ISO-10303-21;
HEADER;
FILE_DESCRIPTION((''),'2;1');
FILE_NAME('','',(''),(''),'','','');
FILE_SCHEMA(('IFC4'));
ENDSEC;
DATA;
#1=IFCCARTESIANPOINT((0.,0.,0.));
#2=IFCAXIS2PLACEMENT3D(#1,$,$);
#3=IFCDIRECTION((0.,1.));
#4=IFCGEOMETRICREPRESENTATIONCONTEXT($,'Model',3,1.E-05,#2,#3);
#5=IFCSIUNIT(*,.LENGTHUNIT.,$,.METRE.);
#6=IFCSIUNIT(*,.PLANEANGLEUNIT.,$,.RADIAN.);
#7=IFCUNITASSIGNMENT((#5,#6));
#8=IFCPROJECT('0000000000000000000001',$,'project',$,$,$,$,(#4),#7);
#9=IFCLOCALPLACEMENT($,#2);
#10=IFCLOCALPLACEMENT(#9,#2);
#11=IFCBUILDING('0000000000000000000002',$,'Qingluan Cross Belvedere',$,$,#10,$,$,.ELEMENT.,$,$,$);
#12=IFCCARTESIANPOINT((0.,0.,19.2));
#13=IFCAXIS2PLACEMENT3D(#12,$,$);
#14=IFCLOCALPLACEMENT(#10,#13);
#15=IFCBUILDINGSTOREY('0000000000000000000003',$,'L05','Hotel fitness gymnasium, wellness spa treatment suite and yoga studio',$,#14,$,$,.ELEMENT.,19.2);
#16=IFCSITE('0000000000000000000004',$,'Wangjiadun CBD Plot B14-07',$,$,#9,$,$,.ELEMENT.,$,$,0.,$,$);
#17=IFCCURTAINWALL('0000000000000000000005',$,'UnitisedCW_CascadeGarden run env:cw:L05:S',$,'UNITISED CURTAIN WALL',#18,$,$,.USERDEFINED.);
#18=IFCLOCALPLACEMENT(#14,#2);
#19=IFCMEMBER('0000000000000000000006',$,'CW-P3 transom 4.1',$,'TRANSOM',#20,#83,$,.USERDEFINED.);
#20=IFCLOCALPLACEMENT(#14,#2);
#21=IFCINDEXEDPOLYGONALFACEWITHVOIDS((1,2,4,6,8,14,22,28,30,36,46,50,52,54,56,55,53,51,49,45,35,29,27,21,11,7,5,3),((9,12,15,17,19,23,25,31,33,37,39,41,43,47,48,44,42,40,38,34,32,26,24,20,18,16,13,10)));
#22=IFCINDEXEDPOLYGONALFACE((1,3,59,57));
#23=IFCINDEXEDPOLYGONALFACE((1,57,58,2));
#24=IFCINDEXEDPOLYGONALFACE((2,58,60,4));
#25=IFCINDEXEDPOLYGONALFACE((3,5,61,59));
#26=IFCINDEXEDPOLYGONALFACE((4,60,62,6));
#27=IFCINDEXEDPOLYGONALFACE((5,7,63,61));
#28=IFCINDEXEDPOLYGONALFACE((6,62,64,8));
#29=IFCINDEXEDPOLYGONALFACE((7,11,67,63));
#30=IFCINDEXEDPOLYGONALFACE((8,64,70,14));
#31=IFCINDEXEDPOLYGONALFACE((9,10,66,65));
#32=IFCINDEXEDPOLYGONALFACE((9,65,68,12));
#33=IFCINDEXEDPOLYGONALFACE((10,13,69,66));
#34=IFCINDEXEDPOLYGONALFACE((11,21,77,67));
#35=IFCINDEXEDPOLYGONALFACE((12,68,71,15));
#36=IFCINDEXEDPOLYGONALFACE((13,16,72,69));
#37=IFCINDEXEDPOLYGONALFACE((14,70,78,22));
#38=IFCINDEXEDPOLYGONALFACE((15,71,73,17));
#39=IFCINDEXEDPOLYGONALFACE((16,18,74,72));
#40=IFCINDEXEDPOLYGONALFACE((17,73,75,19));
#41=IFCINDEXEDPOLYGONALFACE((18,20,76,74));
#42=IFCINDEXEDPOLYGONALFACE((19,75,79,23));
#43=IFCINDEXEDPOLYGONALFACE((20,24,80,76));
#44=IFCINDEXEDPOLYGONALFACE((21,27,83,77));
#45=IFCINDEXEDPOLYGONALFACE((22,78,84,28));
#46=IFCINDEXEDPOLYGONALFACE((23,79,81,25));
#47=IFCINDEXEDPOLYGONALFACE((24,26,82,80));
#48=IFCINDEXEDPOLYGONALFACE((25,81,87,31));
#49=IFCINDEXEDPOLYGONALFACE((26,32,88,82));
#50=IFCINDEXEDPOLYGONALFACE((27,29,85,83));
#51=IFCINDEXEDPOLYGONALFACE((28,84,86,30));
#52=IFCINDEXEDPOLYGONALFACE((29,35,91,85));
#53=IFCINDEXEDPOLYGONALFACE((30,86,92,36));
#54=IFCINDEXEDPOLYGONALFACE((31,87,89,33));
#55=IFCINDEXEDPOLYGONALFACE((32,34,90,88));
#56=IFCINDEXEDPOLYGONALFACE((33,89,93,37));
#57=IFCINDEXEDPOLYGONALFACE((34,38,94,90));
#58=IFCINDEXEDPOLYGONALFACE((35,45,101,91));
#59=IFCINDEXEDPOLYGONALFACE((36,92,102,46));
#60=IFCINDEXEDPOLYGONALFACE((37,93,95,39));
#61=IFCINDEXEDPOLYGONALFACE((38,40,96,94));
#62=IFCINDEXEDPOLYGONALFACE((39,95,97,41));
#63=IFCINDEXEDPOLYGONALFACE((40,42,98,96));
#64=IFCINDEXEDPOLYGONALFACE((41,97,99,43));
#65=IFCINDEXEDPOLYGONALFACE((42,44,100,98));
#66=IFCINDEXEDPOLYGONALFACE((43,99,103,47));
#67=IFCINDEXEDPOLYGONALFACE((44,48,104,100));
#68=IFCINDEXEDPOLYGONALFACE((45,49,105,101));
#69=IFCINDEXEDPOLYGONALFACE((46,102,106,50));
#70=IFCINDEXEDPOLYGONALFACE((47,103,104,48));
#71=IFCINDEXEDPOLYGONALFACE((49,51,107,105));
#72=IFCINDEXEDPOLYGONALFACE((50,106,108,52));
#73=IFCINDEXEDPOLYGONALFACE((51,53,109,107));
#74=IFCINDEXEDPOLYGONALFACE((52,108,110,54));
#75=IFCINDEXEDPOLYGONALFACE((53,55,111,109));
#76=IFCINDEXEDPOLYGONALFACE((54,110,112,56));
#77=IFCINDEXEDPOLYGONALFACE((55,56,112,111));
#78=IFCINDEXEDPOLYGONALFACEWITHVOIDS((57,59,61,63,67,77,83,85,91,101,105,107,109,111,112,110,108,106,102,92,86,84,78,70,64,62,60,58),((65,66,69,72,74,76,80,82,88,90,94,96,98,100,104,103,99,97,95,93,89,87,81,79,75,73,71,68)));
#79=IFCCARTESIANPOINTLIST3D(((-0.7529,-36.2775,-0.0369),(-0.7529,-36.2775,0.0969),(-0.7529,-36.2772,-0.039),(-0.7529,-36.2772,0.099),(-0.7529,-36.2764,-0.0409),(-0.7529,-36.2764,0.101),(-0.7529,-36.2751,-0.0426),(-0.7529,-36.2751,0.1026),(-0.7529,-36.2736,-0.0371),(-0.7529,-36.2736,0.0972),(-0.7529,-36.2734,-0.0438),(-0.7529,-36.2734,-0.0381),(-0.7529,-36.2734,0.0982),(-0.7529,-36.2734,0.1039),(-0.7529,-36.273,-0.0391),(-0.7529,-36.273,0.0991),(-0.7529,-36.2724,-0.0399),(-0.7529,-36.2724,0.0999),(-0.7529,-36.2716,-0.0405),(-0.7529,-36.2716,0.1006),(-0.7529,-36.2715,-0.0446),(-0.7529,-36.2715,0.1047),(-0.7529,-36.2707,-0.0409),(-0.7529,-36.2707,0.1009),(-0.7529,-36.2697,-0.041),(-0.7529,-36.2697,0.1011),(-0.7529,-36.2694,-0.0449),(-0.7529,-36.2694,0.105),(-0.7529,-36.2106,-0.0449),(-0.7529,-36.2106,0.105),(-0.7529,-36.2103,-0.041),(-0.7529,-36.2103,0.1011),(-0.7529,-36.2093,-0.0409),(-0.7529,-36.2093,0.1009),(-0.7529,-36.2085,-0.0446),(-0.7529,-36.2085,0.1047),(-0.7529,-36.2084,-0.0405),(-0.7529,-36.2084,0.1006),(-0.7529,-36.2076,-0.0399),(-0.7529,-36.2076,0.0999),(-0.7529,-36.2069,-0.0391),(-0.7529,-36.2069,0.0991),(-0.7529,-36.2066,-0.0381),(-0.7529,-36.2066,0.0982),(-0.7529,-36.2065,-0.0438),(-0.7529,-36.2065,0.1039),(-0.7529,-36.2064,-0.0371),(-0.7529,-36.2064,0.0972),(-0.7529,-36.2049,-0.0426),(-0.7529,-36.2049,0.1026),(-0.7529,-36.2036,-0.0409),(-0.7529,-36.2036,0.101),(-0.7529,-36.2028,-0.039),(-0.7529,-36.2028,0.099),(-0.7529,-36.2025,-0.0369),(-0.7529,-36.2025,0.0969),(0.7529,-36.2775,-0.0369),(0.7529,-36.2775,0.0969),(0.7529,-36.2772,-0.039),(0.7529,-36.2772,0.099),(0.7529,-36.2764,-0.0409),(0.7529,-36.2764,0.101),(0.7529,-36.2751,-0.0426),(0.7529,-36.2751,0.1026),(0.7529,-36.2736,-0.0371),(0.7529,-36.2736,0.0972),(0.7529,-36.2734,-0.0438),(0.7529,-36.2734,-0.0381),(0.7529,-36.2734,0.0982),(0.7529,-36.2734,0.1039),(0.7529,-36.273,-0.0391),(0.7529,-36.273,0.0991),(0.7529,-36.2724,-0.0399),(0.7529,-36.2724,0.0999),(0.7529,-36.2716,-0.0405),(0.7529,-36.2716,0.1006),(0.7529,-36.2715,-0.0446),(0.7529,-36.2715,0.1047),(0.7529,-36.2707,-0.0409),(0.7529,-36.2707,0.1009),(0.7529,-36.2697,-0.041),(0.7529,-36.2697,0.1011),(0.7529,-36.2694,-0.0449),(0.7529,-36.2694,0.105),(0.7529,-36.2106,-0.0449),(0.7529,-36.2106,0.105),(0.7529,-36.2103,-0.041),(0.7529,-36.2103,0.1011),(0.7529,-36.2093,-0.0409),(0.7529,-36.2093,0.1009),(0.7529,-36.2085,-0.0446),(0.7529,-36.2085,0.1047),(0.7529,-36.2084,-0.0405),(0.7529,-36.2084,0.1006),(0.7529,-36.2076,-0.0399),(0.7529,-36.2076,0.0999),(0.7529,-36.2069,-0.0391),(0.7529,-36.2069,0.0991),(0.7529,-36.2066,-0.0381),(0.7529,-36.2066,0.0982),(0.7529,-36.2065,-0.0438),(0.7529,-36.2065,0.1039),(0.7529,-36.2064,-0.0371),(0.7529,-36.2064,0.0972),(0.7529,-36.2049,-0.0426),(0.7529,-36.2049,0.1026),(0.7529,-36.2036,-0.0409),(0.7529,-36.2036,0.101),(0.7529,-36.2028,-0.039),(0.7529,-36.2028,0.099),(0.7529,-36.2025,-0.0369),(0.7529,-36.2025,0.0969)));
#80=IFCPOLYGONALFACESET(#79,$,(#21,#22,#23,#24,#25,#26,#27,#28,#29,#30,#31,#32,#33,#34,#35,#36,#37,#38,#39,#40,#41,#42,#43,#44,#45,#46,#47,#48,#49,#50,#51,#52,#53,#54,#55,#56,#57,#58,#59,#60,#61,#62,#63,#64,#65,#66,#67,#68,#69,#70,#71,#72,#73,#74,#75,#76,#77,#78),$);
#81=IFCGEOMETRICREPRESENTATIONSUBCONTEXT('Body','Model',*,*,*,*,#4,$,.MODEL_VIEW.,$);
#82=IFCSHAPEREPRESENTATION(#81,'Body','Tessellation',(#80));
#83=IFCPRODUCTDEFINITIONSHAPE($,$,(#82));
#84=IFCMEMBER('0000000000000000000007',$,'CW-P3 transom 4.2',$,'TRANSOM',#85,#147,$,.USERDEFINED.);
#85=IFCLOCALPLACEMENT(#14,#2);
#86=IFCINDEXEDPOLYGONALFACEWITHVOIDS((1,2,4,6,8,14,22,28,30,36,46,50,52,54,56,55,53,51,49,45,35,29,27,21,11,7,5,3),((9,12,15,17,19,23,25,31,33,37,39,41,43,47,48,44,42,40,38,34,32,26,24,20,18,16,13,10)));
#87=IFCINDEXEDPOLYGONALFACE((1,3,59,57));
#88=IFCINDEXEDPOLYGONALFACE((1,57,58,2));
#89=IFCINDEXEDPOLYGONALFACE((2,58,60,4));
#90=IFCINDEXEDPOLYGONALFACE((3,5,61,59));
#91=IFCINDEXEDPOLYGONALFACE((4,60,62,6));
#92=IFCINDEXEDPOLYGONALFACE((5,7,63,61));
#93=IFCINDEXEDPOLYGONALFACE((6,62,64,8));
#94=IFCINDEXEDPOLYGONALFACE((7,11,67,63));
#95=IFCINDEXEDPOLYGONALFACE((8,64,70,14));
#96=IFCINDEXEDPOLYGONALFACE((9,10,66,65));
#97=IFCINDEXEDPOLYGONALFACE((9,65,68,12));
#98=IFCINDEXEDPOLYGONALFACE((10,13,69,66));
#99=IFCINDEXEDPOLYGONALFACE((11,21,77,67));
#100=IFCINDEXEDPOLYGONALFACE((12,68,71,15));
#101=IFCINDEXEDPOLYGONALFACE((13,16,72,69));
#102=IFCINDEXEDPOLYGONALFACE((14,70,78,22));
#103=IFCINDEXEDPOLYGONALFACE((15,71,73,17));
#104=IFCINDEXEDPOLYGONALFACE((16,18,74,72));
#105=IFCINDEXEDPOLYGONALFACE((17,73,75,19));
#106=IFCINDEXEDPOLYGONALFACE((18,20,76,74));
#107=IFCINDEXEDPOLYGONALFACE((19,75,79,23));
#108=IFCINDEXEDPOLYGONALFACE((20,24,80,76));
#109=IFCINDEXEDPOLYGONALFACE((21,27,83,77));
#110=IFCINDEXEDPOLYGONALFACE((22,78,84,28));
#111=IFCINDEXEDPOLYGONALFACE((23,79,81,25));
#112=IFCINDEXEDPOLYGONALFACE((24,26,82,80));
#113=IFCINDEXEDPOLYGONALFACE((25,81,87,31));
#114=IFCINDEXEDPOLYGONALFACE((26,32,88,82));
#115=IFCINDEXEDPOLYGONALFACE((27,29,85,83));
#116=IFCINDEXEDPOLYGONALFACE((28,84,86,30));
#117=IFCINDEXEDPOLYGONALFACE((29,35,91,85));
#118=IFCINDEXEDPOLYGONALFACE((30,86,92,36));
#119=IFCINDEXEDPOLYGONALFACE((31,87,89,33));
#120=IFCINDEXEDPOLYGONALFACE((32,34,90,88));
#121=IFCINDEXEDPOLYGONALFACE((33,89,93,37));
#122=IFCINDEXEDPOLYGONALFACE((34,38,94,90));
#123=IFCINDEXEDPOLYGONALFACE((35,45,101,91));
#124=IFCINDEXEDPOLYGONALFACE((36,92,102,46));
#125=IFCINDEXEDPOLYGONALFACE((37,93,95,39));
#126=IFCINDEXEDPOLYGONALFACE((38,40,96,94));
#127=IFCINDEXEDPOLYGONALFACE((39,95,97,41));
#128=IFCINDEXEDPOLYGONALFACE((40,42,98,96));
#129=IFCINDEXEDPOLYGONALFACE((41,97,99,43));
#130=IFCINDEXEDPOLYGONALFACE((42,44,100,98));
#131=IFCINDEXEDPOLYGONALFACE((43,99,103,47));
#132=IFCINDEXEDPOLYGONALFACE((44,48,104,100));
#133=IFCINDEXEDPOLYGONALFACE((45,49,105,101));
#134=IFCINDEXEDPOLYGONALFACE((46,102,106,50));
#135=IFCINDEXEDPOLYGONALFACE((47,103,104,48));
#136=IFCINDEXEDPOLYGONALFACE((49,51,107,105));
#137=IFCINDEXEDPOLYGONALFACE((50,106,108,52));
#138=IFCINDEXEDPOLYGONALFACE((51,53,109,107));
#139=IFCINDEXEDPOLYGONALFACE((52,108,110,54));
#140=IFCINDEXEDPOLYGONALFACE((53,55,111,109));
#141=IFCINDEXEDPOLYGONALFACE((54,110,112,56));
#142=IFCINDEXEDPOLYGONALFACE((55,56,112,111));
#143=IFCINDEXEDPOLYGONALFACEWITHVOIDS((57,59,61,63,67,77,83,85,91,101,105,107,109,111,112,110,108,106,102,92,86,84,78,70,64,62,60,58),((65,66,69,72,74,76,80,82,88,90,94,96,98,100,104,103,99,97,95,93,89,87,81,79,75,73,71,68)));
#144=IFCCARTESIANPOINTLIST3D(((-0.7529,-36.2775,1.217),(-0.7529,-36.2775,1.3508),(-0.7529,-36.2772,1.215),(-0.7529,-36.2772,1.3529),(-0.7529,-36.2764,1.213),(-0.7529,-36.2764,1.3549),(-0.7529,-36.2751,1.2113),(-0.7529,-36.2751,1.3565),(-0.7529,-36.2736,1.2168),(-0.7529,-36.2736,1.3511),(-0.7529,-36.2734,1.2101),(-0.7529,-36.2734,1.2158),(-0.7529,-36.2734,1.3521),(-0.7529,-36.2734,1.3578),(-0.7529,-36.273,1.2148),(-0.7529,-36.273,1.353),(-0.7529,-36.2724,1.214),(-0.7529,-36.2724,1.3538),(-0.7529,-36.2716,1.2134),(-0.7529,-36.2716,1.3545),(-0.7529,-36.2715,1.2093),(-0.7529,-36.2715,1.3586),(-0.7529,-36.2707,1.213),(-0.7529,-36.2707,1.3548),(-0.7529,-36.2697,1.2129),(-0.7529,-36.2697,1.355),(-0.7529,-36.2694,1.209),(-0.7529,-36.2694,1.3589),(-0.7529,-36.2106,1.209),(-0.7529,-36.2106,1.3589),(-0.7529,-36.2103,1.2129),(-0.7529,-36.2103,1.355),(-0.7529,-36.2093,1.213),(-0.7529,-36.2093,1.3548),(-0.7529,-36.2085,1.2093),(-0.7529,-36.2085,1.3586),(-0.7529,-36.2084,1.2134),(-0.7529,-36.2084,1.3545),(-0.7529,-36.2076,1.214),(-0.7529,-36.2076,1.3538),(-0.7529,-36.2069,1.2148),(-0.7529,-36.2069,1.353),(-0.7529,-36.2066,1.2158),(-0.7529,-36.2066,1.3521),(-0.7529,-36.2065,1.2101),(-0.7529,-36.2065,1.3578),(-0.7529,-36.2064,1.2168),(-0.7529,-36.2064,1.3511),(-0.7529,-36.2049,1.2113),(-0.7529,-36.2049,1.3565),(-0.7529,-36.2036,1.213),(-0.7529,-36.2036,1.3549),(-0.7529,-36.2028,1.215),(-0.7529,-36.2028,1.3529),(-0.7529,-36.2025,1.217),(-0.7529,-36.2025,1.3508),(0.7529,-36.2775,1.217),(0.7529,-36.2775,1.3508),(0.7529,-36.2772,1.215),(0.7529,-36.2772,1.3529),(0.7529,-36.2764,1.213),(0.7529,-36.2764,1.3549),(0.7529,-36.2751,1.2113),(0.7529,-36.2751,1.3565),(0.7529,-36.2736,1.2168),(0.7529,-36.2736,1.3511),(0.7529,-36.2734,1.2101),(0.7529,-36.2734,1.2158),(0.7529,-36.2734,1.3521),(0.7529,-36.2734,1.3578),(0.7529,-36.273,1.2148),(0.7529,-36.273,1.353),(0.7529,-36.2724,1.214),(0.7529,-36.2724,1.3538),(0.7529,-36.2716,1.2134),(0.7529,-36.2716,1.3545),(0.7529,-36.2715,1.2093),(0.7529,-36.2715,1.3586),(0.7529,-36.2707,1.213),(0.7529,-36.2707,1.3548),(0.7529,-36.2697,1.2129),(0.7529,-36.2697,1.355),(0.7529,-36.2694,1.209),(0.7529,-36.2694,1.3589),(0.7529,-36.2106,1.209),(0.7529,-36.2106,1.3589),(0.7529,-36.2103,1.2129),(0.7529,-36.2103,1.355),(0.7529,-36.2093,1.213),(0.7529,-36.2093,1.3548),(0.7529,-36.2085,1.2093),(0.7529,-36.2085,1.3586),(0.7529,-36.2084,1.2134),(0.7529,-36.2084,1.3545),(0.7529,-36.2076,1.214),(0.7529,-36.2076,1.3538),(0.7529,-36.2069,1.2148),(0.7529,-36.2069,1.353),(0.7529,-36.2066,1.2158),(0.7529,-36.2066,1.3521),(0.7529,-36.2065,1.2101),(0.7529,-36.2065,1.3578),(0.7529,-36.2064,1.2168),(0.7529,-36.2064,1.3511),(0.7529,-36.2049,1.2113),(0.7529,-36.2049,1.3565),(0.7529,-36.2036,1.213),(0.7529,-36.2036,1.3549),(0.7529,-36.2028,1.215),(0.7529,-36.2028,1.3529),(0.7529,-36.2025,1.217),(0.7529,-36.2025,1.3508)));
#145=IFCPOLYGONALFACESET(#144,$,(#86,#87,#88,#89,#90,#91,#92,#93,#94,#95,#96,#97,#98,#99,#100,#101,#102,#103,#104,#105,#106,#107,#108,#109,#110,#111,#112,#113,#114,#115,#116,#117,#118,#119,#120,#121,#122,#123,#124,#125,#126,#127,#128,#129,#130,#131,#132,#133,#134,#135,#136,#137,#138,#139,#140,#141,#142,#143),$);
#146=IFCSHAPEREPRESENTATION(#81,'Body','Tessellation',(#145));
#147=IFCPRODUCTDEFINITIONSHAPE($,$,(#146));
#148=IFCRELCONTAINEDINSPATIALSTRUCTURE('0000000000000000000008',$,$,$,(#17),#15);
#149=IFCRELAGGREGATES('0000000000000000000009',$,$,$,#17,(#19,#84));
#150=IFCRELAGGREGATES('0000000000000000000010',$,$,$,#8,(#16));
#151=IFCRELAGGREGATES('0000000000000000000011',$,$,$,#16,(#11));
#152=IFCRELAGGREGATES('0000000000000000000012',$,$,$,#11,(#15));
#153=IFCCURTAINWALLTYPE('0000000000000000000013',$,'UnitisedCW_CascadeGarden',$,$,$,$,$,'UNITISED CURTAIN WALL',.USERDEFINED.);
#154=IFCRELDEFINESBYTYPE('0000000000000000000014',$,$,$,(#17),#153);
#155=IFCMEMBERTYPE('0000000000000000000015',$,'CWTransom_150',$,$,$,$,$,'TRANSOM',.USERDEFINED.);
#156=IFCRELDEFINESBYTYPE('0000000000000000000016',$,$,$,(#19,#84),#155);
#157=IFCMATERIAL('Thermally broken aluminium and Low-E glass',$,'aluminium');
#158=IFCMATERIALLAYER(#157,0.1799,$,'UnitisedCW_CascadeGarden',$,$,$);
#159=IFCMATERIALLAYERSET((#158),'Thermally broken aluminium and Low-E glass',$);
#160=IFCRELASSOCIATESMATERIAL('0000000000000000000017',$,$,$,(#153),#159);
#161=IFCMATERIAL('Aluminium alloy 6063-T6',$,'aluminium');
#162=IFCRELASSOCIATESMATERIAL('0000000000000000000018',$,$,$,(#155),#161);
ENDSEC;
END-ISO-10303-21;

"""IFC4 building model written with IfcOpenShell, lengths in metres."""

from ifc_helpers import new_model, si_unit, direction, frame, origin, origin_2d, place, context, subcontext, project, spatial, hollow_rectangle, extrude, material, layer, layer_set, material_profile, profile_set, type_object, element, aggregate, save


model = new_model("IFC4")

# Units and contexts
model_context = context("Model", 3, precision=1e-05, world=origin(), true_north=direction((0.0, 1.0)))
body_context = subcontext(model_context, "Body", "Model", "MODEL_VIEW")
ifc_project = project(units=[si_unit("LENGTHUNIT", "METRE"), si_unit("PLANEANGLEUNIT", "RADIAN")], contexts=[model_context])

# Site, building, storey
site_placement = place(None, origin())
site = spatial("IfcSite", under=ifc_project, at=site_placement, Name="Wangjiadun CBD Plot B14-07", CompositionType="ELEMENT", RefElevation=0.0)
building_placement = place(site_placement, origin())
building = spatial("IfcBuilding", under=site, at=building_placement, Name="Qingluan Cross Belvedere", CompositionType="ELEMENT")
storey_placement = place(building_placement, frame((0.0, 0.0, 19.2)))
storey = spatial("IfcBuildingStorey", under=building, at=storey_placement, Name="L05", Description="Hotel fitness gymnasium, wellness spa treatment suite and yoga studio", CompositionType="ELEMENT", Elevation=19.2)

# Curtain wall, members
ifc_material_1 = material(Name="Thermally broken aluminium and Low-E glass", Category="aluminium")
ifc_layer_1 = layer(ifc_material_1, 0.1799, Name="UnitisedCW_CascadeGarden")
ifc_layer_set_1 = layer_set([ifc_layer_1], Name="Thermally broken aluminium and Low-E glass")
curtain_wall_type = type_object("IfcCurtainWallType", Name="UnitisedCW_CascadeGarden", ElementType="UNITISED CURTAIN WALL", PredefinedType="USERDEFINED", material=ifc_layer_set_1)
curtain_wall_placement = place(storey_placement, origin())
curtain_wall = element("IfcCurtainWall", 1, at=curtain_wall_placement, inside=storey, type_object=curtain_wall_type, Name="UnitisedCW_CascadeGarden run env:cw:L05:S", ObjectType="UNITISED CURTAIN WALL", PredefinedType="USERDEFINED")
ifc_material_2 = material(Name="Aluminium alloy 6063-T6", Category="aluminium")
ifc_material_profile_1 = material_profile(ifc_material_2, hollow_rectangle(XDim=0.075, YDim=0.1499, WallThickness=0.0039, InnerFilletRadius=0.0039, OuterFilletRadius=0.0081, at=origin_2d()), Name="CWT150x75x4")
ifc_profile_set_1 = profile_set([ifc_material_profile_1], Name="Aluminium alloy 6063-T6")
member_type_1 = type_object("IfcMemberType", Name="CWTransom_150", ElementType="TRANSOM", PredefinedType="USERDEFINED", material=ifc_profile_set_1)
member_1_placement = place(storey_placement, frame((0.7529, -36.24, 0.03), z_axis=(-1.0, 0.0, 0.0), x_axis=(0.0, -1.0, 0.0)))
member_1 = element("IfcMember", 2, at=member_1_placement, type_object=member_type_1, Name="CW-P3 transom 4.1", ObjectType="TRANSOM", PredefinedType="USERDEFINED", context=body_context, shape_type="SweptSolid", body=[
    extrude(hollow_rectangle(XDim=0.075, YDim=0.1499, WallThickness=0.0039, InnerFilletRadius=0.0039, OuterFilletRadius=0.0081, at=origin_2d()), origin(), (0.0, 0.0, 1.0), 1.5059),
])
member_2_placement = place(storey_placement, frame((0.7529, -36.24, 1.2839), z_axis=(-1.0, 0.0, 0.0), x_axis=(0.0, -1.0, 0.0)))
member_2 = element("IfcMember", 3, at=member_2_placement, type_object=member_type_1, Name="CW-P3 transom 4.2", ObjectType="TRANSOM", PredefinedType="USERDEFINED", context=body_context, shape_type="SweptSolid", body=[
    extrude(hollow_rectangle(XDim=0.075, YDim=0.1499, WallThickness=0.0039, InnerFilletRadius=0.0039, OuterFilletRadius=0.0081, at=origin_2d()), origin(), (0.0, 0.0, 1.0), 1.5059),
])
aggregate(curtain_wall, [member_1, member_2])

save(model, "model.ifc")
